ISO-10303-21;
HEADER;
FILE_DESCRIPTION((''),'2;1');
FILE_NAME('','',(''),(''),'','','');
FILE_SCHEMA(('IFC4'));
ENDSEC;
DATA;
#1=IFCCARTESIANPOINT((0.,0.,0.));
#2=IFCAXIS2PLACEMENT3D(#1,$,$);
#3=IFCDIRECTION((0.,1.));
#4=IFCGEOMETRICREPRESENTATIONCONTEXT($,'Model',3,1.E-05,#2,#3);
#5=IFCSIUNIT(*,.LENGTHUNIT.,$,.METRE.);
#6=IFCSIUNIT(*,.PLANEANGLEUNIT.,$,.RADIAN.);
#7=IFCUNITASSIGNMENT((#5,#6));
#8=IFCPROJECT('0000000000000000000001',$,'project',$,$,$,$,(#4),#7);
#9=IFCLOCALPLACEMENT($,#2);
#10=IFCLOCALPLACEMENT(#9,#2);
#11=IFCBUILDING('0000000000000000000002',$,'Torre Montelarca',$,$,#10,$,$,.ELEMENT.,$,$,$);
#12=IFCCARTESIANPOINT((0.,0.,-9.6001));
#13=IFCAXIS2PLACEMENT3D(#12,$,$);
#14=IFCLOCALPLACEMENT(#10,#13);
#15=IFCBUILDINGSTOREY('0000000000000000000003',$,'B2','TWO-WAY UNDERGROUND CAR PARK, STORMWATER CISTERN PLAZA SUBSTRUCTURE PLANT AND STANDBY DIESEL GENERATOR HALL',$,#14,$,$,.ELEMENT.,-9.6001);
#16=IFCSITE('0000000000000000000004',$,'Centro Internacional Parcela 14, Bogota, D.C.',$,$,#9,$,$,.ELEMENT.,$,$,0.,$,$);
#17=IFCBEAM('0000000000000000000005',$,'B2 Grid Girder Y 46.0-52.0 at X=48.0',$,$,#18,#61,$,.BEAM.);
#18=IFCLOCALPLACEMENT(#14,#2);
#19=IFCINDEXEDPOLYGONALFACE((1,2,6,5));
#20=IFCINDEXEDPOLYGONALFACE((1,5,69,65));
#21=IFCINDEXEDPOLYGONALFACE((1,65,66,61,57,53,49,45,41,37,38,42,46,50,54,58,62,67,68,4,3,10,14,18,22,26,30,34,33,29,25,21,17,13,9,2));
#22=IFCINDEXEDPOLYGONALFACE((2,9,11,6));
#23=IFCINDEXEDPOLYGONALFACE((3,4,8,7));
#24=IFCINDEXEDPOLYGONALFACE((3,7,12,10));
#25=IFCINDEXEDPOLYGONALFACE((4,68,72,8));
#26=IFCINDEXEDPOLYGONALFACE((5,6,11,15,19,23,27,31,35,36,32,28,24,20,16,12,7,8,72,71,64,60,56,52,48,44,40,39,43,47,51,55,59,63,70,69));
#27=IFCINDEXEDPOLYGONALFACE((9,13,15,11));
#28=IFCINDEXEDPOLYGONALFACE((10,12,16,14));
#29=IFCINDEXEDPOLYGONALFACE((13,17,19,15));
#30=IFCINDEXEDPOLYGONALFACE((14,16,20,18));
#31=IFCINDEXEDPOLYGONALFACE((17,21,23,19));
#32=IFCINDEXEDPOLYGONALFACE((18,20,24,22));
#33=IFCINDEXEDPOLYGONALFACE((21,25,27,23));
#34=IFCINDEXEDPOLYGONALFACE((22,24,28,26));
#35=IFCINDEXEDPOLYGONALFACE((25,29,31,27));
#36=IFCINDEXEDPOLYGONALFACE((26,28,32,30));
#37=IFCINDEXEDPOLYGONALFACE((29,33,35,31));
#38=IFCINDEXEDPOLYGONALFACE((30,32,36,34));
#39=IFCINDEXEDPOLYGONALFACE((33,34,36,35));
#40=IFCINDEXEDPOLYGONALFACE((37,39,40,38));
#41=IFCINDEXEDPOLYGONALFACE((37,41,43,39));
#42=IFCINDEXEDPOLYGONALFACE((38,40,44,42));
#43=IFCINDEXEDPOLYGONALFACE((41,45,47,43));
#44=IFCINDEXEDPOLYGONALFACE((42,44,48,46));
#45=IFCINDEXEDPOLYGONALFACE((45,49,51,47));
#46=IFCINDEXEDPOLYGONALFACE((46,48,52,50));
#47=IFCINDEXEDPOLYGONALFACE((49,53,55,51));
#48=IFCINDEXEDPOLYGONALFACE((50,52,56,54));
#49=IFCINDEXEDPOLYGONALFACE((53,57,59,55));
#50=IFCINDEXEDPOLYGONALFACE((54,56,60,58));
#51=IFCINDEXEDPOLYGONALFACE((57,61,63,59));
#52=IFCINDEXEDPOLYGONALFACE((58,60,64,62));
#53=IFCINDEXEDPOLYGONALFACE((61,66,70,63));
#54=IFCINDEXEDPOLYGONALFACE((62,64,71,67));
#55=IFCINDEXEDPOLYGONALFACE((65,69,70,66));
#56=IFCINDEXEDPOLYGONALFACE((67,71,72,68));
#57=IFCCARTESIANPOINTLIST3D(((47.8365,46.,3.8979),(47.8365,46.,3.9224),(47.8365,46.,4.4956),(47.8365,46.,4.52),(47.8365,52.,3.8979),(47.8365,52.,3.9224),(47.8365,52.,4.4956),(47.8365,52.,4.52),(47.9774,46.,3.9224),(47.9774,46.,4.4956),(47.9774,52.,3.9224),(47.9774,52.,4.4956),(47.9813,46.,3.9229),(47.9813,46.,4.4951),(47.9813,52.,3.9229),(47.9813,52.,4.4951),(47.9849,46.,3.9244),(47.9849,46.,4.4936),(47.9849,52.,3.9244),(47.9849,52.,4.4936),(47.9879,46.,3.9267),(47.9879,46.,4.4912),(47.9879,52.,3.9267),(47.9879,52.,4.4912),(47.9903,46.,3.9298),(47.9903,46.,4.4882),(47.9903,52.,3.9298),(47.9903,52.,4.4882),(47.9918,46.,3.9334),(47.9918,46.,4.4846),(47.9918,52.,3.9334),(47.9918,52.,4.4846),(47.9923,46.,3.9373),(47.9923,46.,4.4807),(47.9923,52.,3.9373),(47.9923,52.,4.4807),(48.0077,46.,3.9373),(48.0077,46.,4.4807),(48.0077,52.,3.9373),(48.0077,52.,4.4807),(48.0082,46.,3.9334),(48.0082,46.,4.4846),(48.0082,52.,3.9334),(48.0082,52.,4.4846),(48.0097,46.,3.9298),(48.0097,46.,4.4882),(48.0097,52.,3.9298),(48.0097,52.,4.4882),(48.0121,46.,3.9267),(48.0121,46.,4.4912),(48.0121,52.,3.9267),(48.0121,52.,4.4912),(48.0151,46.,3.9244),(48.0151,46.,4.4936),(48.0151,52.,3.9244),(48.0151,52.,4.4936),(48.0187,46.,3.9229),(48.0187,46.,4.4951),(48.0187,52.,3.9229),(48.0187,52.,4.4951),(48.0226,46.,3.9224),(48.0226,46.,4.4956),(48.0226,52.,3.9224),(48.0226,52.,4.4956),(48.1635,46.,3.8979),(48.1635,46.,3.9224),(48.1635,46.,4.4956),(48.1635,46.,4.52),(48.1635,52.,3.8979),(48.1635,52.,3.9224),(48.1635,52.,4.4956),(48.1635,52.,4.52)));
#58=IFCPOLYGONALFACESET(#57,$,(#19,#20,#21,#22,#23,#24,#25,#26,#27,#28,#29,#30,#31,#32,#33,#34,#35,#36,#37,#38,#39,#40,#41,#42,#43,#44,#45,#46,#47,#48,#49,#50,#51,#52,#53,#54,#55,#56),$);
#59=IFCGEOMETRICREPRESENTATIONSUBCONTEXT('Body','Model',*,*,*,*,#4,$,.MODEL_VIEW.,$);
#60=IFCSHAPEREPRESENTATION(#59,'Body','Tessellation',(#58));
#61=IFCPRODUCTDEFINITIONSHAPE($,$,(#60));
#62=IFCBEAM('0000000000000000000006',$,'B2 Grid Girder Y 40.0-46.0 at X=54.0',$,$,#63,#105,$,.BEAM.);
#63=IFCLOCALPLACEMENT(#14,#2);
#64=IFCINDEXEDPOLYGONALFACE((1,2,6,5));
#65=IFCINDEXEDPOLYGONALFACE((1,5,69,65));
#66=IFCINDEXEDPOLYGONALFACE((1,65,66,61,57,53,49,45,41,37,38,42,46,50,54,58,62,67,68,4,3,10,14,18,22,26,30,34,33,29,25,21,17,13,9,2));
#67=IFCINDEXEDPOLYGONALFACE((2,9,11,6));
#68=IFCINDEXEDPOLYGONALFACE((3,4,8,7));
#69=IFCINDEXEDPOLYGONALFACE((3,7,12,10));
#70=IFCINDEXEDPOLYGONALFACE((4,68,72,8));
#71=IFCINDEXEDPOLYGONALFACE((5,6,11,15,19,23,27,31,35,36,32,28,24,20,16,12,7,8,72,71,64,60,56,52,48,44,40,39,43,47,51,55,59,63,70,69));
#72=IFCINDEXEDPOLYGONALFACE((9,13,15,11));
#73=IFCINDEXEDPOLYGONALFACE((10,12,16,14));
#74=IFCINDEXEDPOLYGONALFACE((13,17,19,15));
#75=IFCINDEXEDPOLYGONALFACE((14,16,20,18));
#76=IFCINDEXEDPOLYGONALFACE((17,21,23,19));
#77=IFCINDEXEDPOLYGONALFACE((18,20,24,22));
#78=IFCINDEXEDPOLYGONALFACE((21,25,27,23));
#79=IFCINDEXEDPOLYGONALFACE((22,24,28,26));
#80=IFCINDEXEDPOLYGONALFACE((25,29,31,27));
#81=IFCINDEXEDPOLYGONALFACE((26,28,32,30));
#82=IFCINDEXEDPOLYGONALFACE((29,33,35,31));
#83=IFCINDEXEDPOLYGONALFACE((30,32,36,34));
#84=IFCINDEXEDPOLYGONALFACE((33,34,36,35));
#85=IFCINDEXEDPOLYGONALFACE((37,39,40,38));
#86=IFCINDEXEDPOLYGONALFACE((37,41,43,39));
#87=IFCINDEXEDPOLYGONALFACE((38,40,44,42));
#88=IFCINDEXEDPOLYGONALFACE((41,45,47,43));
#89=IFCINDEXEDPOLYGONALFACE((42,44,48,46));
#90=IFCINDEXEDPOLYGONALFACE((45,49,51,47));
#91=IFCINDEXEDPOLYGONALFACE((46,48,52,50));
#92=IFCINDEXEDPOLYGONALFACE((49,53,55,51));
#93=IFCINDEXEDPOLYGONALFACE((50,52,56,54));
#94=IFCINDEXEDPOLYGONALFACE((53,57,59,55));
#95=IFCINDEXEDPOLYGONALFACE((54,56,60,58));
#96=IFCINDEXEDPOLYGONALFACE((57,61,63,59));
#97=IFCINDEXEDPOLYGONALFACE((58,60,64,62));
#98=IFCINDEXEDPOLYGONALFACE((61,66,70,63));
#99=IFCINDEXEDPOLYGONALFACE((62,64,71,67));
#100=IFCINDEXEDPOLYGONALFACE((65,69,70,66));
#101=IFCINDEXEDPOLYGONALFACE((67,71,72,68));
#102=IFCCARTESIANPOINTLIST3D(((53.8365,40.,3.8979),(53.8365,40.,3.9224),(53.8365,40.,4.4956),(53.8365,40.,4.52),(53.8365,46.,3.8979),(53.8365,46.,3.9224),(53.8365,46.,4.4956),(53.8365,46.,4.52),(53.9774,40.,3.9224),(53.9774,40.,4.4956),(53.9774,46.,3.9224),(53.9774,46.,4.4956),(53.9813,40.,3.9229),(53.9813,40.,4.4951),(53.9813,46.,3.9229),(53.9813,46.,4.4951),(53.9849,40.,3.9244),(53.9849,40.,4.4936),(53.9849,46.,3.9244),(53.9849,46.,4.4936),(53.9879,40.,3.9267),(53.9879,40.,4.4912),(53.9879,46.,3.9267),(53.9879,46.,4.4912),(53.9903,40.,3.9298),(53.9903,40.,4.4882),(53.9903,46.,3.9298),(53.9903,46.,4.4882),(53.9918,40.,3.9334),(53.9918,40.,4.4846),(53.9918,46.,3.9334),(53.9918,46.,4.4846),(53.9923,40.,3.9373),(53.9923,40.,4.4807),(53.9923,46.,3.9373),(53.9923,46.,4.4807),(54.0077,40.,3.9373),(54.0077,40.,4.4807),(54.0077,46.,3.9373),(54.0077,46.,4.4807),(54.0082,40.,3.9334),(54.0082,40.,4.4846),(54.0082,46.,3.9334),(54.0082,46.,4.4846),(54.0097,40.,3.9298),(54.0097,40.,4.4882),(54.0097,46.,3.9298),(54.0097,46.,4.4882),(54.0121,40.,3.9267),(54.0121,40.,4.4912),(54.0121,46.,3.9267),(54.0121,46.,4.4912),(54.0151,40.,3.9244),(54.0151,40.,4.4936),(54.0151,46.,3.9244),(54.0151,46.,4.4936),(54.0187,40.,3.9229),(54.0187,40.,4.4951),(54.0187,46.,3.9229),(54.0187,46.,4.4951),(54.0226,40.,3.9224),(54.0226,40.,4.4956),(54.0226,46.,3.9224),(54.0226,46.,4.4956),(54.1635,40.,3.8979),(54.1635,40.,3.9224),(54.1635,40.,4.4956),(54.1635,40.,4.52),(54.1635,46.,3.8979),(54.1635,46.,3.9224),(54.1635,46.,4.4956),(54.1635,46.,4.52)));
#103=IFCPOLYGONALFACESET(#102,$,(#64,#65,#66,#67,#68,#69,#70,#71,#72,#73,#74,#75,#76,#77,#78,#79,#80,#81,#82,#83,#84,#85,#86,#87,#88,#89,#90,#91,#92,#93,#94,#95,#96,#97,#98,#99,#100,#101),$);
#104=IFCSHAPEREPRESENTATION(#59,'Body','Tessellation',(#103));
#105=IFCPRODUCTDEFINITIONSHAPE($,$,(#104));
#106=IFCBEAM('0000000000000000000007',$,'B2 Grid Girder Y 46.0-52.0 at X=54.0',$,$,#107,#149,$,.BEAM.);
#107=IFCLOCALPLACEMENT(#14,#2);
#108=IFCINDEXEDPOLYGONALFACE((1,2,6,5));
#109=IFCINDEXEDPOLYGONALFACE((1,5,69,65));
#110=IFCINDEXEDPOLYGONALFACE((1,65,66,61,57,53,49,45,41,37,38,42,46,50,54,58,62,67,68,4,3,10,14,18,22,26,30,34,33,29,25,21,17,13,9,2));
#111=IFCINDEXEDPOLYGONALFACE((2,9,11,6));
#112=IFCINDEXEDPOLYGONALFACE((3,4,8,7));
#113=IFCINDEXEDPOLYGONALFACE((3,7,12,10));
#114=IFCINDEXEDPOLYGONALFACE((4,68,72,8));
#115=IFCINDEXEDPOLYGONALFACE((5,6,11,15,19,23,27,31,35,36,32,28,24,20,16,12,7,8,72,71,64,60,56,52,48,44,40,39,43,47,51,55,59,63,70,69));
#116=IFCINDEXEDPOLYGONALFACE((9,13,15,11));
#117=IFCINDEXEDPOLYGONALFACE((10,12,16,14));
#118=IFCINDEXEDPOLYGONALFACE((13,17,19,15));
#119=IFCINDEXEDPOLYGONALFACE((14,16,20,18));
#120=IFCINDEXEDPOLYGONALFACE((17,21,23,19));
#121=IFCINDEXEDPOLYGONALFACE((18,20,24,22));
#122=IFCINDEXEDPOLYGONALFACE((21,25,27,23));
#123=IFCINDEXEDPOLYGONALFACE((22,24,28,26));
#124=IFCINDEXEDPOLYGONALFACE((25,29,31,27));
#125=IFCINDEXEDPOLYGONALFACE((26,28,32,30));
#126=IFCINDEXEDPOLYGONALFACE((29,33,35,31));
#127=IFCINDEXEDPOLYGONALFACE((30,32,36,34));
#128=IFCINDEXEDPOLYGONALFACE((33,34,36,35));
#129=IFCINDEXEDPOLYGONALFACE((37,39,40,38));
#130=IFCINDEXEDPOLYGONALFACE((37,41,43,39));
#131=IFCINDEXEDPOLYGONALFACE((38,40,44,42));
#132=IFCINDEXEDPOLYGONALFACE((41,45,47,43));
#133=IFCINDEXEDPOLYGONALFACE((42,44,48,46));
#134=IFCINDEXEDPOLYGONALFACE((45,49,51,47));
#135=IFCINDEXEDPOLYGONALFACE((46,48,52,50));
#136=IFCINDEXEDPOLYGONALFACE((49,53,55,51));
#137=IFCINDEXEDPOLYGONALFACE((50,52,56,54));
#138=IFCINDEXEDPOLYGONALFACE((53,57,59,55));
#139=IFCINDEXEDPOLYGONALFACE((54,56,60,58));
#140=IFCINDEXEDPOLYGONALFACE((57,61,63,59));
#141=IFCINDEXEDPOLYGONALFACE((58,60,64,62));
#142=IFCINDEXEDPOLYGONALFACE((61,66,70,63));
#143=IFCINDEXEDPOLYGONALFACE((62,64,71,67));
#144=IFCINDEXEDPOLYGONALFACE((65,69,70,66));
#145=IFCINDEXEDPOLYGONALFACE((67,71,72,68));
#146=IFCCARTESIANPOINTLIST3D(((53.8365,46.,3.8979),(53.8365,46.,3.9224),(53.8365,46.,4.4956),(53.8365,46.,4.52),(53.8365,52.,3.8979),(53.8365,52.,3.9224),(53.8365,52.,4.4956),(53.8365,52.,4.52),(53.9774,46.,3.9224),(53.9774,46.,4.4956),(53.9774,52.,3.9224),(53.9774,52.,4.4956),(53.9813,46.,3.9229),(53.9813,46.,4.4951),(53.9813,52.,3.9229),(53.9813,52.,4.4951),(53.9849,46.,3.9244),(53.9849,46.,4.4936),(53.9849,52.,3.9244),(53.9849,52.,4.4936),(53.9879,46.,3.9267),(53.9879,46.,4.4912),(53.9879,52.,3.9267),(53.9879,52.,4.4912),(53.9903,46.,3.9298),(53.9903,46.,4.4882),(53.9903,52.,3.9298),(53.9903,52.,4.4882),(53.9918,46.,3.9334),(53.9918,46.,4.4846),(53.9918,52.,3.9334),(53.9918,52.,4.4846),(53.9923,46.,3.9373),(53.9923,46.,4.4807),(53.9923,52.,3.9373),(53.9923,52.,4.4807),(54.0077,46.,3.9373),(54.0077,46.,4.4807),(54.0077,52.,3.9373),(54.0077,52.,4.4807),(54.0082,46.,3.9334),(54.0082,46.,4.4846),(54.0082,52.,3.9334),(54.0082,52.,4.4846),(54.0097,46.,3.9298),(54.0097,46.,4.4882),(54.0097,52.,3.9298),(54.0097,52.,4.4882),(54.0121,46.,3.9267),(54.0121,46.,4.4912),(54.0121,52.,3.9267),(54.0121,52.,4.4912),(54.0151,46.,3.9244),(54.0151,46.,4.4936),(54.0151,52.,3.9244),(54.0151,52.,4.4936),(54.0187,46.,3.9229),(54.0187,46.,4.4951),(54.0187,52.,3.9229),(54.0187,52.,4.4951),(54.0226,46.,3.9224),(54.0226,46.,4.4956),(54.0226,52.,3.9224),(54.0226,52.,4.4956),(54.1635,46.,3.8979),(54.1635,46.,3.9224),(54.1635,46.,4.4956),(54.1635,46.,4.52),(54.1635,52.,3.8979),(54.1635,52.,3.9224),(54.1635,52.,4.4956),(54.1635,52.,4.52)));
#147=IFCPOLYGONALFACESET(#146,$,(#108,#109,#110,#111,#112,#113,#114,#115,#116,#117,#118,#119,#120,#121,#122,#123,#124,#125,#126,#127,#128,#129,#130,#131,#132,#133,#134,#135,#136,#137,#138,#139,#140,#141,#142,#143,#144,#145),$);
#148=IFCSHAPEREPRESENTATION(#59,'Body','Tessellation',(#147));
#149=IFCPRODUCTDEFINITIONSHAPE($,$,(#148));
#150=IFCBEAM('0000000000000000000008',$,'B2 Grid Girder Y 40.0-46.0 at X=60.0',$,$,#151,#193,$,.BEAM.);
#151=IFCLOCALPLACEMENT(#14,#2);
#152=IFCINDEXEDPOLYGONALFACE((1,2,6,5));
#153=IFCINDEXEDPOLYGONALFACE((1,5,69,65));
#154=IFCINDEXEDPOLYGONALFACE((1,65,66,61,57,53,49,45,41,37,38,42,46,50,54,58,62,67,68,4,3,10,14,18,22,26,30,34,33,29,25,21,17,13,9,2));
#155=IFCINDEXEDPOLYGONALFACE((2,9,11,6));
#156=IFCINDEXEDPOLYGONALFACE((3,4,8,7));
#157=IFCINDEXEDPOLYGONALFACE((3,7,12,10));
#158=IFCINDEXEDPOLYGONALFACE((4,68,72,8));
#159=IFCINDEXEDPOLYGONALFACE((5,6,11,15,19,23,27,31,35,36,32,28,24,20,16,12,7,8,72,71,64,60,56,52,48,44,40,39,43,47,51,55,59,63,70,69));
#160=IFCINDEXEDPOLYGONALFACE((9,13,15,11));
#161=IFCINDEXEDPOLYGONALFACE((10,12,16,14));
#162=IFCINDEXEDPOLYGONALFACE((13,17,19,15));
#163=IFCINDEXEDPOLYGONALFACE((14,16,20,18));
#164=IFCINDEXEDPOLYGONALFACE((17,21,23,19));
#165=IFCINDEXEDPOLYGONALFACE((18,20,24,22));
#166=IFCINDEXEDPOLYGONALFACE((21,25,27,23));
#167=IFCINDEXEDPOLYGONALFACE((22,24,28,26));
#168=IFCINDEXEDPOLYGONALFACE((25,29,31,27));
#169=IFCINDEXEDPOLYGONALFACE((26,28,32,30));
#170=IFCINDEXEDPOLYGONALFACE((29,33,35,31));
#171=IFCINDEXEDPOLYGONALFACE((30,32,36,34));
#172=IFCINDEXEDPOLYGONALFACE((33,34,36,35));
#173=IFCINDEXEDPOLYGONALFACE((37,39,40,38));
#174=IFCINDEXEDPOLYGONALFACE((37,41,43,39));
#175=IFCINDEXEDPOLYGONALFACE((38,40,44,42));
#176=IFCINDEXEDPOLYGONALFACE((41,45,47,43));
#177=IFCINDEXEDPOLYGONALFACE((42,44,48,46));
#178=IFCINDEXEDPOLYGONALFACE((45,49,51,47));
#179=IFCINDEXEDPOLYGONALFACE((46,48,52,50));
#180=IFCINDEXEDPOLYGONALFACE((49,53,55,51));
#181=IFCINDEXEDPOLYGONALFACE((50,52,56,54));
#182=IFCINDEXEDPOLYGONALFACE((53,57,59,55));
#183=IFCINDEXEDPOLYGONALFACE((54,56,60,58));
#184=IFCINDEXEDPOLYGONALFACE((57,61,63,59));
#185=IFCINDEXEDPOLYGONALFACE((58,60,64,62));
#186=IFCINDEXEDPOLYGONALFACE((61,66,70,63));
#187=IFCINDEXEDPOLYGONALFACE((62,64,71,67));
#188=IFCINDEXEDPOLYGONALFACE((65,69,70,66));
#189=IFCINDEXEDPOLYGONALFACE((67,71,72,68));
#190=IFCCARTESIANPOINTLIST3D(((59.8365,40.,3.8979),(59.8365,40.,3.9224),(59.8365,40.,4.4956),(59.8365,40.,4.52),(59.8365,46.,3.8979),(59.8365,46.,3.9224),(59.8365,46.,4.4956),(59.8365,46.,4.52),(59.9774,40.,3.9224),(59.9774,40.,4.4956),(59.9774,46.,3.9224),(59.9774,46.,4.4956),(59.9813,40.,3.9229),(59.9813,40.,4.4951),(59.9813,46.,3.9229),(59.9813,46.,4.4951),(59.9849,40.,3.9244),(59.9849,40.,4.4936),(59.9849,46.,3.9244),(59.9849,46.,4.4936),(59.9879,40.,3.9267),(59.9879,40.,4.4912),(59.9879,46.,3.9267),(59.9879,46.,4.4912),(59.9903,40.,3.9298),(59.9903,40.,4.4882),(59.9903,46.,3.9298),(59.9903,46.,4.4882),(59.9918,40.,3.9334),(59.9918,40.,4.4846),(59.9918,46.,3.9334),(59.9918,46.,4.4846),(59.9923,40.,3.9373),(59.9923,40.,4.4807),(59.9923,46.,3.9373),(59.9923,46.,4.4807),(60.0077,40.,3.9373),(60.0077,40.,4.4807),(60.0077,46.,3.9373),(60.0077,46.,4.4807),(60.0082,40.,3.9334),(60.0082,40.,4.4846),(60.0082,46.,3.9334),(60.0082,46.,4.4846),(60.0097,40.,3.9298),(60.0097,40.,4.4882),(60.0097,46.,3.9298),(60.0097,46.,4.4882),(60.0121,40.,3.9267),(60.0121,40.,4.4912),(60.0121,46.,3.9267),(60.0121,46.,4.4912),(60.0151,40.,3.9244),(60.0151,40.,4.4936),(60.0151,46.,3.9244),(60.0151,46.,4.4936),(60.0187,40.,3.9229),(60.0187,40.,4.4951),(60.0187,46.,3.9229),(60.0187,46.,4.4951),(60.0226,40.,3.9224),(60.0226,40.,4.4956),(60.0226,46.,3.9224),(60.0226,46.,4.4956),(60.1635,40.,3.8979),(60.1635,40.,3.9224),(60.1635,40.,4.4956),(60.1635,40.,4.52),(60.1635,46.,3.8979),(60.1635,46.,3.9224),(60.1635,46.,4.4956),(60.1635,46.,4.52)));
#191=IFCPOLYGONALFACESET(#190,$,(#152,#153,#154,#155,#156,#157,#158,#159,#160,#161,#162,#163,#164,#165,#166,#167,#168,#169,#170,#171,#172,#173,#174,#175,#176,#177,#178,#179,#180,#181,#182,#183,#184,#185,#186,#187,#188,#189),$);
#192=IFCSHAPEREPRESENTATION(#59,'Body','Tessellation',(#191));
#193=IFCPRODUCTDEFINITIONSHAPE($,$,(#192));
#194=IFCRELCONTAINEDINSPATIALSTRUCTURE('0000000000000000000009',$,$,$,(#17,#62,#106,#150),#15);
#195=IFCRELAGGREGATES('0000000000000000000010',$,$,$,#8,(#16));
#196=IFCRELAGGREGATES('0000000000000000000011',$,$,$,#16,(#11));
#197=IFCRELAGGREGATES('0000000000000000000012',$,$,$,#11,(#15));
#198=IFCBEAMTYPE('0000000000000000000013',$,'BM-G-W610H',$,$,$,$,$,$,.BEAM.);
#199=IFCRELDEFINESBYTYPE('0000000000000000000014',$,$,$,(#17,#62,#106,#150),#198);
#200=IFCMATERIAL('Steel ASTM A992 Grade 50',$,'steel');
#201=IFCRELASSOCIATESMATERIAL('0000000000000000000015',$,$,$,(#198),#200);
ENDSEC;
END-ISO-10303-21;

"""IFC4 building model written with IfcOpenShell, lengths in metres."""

from ifc_helpers import new_model, si_unit, direction, frame, origin, origin_2d, place, context, subcontext, project, spatial, i_section, extrude, source, transform, mapped, material, material_profile, profile_set, type_object, element, save


model = new_model("IFC4")

# Units and contexts
model_context = context("Model", 3, precision=1e-05, world=origin(), true_north=direction((0.0, 1.0)))
body_context = subcontext(model_context, "Body", "Model", "MODEL_VIEW")
ifc_project = project(units=[si_unit("LENGTHUNIT", "METRE"), si_unit("PLANEANGLEUNIT", "RADIAN")], contexts=[model_context])

# Site, building, storey
site_placement = place(None, origin())
site = spatial("IfcSite", under=ifc_project, at=site_placement, Name="Centro Internacional Parcela 14, Bogota, D.C.", CompositionType="ELEMENT", RefElevation=0.0)
building_placement = place(site_placement, origin())
building = spatial("IfcBuilding", under=site, at=building_placement, Name="Torre Montelarca", CompositionType="ELEMENT")
storey_placement = place(building_placement, frame((0.0, 0.0, -9.6001)))
storey = spatial("IfcBuildingStorey", under=building, at=storey_placement, Name="B2", Description="TWO-WAY UNDERGROUND CAR PARK, STORMWATER CISTERN PLAZA SUBSTRUCTURE PLANT AND STANDBY DIESEL GENERATOR HALL", CompositionType="ELEMENT", Elevation=-9.6001)

# Beams
ifc_material_1 = material(Name="Steel ASTM A992 Grade 50", Category="steel")
ifc_material_profile_1 = material_profile(ifc_material_1, i_section(OverallWidth=0.3269, OverallDepth=0.6221, WebThickness=0.0154, FlangeThickness=0.0244, FilletRadius=0.0149, at=origin_2d()), Name="W610X195", Category="steel")
ifc_profile_set_1 = profile_set([ifc_material_profile_1], Name="Steel ASTM A992 Grade 50")
beam_type = type_object("IfcBeamType", Name="BM-G-W610H", PredefinedType="BEAM", material=ifc_profile_set_1)
shared_shape_1 = source(origin(), body_context, "Body", "SweptSolid", [
    extrude(i_section(OverallWidth=0.3269, OverallDepth=0.6221, WebThickness=0.0154, FlangeThickness=0.0244, FilletRadius=0.0149, at=origin_2d()), origin(), (0.0, 0.0, 1.0), 6.0),
])
for number, where, z_axis, x_axis, name in (
    (1, (48.0, 46.0, 4.209), (0.0, 1.0, 0.0), (-1.0, 0.0, 0.0), "B2 Grid Girder Y 46.0-52.0 at X=48.0"),
    (2, (54.0, 40.0, 4.209), (0.0, 1.0, 0.0), (-1.0, 0.0, 0.0), "B2 Grid Girder Y 40.0-46.0 at X=54.0"),
    (3, (54.0, 46.0, 4.209), (0.0, 1.0, 0.0), (-1.0, 0.0, 0.0), "B2 Grid Girder Y 46.0-52.0 at X=54.0"),
    (4, (60.0, 40.0, 4.209), (0.0, 1.0, 0.0), (-1.0, 0.0, 0.0), "B2 Grid Girder Y 40.0-46.0 at X=60.0"),
):
    element("IfcBeam", number, at=place(storey_placement, frame(where, z_axis=z_axis, x_axis=x_axis)), inside=storey, type_object=beam_type, Name=name, PredefinedType="BEAM", context=body_context, shape_type="MappedRepresentation", body=[
        mapped(shared_shape_1, transform((0.0, 0.0, 0.0), scale=1.0)),
    ])

save(model, "model.ifc")
